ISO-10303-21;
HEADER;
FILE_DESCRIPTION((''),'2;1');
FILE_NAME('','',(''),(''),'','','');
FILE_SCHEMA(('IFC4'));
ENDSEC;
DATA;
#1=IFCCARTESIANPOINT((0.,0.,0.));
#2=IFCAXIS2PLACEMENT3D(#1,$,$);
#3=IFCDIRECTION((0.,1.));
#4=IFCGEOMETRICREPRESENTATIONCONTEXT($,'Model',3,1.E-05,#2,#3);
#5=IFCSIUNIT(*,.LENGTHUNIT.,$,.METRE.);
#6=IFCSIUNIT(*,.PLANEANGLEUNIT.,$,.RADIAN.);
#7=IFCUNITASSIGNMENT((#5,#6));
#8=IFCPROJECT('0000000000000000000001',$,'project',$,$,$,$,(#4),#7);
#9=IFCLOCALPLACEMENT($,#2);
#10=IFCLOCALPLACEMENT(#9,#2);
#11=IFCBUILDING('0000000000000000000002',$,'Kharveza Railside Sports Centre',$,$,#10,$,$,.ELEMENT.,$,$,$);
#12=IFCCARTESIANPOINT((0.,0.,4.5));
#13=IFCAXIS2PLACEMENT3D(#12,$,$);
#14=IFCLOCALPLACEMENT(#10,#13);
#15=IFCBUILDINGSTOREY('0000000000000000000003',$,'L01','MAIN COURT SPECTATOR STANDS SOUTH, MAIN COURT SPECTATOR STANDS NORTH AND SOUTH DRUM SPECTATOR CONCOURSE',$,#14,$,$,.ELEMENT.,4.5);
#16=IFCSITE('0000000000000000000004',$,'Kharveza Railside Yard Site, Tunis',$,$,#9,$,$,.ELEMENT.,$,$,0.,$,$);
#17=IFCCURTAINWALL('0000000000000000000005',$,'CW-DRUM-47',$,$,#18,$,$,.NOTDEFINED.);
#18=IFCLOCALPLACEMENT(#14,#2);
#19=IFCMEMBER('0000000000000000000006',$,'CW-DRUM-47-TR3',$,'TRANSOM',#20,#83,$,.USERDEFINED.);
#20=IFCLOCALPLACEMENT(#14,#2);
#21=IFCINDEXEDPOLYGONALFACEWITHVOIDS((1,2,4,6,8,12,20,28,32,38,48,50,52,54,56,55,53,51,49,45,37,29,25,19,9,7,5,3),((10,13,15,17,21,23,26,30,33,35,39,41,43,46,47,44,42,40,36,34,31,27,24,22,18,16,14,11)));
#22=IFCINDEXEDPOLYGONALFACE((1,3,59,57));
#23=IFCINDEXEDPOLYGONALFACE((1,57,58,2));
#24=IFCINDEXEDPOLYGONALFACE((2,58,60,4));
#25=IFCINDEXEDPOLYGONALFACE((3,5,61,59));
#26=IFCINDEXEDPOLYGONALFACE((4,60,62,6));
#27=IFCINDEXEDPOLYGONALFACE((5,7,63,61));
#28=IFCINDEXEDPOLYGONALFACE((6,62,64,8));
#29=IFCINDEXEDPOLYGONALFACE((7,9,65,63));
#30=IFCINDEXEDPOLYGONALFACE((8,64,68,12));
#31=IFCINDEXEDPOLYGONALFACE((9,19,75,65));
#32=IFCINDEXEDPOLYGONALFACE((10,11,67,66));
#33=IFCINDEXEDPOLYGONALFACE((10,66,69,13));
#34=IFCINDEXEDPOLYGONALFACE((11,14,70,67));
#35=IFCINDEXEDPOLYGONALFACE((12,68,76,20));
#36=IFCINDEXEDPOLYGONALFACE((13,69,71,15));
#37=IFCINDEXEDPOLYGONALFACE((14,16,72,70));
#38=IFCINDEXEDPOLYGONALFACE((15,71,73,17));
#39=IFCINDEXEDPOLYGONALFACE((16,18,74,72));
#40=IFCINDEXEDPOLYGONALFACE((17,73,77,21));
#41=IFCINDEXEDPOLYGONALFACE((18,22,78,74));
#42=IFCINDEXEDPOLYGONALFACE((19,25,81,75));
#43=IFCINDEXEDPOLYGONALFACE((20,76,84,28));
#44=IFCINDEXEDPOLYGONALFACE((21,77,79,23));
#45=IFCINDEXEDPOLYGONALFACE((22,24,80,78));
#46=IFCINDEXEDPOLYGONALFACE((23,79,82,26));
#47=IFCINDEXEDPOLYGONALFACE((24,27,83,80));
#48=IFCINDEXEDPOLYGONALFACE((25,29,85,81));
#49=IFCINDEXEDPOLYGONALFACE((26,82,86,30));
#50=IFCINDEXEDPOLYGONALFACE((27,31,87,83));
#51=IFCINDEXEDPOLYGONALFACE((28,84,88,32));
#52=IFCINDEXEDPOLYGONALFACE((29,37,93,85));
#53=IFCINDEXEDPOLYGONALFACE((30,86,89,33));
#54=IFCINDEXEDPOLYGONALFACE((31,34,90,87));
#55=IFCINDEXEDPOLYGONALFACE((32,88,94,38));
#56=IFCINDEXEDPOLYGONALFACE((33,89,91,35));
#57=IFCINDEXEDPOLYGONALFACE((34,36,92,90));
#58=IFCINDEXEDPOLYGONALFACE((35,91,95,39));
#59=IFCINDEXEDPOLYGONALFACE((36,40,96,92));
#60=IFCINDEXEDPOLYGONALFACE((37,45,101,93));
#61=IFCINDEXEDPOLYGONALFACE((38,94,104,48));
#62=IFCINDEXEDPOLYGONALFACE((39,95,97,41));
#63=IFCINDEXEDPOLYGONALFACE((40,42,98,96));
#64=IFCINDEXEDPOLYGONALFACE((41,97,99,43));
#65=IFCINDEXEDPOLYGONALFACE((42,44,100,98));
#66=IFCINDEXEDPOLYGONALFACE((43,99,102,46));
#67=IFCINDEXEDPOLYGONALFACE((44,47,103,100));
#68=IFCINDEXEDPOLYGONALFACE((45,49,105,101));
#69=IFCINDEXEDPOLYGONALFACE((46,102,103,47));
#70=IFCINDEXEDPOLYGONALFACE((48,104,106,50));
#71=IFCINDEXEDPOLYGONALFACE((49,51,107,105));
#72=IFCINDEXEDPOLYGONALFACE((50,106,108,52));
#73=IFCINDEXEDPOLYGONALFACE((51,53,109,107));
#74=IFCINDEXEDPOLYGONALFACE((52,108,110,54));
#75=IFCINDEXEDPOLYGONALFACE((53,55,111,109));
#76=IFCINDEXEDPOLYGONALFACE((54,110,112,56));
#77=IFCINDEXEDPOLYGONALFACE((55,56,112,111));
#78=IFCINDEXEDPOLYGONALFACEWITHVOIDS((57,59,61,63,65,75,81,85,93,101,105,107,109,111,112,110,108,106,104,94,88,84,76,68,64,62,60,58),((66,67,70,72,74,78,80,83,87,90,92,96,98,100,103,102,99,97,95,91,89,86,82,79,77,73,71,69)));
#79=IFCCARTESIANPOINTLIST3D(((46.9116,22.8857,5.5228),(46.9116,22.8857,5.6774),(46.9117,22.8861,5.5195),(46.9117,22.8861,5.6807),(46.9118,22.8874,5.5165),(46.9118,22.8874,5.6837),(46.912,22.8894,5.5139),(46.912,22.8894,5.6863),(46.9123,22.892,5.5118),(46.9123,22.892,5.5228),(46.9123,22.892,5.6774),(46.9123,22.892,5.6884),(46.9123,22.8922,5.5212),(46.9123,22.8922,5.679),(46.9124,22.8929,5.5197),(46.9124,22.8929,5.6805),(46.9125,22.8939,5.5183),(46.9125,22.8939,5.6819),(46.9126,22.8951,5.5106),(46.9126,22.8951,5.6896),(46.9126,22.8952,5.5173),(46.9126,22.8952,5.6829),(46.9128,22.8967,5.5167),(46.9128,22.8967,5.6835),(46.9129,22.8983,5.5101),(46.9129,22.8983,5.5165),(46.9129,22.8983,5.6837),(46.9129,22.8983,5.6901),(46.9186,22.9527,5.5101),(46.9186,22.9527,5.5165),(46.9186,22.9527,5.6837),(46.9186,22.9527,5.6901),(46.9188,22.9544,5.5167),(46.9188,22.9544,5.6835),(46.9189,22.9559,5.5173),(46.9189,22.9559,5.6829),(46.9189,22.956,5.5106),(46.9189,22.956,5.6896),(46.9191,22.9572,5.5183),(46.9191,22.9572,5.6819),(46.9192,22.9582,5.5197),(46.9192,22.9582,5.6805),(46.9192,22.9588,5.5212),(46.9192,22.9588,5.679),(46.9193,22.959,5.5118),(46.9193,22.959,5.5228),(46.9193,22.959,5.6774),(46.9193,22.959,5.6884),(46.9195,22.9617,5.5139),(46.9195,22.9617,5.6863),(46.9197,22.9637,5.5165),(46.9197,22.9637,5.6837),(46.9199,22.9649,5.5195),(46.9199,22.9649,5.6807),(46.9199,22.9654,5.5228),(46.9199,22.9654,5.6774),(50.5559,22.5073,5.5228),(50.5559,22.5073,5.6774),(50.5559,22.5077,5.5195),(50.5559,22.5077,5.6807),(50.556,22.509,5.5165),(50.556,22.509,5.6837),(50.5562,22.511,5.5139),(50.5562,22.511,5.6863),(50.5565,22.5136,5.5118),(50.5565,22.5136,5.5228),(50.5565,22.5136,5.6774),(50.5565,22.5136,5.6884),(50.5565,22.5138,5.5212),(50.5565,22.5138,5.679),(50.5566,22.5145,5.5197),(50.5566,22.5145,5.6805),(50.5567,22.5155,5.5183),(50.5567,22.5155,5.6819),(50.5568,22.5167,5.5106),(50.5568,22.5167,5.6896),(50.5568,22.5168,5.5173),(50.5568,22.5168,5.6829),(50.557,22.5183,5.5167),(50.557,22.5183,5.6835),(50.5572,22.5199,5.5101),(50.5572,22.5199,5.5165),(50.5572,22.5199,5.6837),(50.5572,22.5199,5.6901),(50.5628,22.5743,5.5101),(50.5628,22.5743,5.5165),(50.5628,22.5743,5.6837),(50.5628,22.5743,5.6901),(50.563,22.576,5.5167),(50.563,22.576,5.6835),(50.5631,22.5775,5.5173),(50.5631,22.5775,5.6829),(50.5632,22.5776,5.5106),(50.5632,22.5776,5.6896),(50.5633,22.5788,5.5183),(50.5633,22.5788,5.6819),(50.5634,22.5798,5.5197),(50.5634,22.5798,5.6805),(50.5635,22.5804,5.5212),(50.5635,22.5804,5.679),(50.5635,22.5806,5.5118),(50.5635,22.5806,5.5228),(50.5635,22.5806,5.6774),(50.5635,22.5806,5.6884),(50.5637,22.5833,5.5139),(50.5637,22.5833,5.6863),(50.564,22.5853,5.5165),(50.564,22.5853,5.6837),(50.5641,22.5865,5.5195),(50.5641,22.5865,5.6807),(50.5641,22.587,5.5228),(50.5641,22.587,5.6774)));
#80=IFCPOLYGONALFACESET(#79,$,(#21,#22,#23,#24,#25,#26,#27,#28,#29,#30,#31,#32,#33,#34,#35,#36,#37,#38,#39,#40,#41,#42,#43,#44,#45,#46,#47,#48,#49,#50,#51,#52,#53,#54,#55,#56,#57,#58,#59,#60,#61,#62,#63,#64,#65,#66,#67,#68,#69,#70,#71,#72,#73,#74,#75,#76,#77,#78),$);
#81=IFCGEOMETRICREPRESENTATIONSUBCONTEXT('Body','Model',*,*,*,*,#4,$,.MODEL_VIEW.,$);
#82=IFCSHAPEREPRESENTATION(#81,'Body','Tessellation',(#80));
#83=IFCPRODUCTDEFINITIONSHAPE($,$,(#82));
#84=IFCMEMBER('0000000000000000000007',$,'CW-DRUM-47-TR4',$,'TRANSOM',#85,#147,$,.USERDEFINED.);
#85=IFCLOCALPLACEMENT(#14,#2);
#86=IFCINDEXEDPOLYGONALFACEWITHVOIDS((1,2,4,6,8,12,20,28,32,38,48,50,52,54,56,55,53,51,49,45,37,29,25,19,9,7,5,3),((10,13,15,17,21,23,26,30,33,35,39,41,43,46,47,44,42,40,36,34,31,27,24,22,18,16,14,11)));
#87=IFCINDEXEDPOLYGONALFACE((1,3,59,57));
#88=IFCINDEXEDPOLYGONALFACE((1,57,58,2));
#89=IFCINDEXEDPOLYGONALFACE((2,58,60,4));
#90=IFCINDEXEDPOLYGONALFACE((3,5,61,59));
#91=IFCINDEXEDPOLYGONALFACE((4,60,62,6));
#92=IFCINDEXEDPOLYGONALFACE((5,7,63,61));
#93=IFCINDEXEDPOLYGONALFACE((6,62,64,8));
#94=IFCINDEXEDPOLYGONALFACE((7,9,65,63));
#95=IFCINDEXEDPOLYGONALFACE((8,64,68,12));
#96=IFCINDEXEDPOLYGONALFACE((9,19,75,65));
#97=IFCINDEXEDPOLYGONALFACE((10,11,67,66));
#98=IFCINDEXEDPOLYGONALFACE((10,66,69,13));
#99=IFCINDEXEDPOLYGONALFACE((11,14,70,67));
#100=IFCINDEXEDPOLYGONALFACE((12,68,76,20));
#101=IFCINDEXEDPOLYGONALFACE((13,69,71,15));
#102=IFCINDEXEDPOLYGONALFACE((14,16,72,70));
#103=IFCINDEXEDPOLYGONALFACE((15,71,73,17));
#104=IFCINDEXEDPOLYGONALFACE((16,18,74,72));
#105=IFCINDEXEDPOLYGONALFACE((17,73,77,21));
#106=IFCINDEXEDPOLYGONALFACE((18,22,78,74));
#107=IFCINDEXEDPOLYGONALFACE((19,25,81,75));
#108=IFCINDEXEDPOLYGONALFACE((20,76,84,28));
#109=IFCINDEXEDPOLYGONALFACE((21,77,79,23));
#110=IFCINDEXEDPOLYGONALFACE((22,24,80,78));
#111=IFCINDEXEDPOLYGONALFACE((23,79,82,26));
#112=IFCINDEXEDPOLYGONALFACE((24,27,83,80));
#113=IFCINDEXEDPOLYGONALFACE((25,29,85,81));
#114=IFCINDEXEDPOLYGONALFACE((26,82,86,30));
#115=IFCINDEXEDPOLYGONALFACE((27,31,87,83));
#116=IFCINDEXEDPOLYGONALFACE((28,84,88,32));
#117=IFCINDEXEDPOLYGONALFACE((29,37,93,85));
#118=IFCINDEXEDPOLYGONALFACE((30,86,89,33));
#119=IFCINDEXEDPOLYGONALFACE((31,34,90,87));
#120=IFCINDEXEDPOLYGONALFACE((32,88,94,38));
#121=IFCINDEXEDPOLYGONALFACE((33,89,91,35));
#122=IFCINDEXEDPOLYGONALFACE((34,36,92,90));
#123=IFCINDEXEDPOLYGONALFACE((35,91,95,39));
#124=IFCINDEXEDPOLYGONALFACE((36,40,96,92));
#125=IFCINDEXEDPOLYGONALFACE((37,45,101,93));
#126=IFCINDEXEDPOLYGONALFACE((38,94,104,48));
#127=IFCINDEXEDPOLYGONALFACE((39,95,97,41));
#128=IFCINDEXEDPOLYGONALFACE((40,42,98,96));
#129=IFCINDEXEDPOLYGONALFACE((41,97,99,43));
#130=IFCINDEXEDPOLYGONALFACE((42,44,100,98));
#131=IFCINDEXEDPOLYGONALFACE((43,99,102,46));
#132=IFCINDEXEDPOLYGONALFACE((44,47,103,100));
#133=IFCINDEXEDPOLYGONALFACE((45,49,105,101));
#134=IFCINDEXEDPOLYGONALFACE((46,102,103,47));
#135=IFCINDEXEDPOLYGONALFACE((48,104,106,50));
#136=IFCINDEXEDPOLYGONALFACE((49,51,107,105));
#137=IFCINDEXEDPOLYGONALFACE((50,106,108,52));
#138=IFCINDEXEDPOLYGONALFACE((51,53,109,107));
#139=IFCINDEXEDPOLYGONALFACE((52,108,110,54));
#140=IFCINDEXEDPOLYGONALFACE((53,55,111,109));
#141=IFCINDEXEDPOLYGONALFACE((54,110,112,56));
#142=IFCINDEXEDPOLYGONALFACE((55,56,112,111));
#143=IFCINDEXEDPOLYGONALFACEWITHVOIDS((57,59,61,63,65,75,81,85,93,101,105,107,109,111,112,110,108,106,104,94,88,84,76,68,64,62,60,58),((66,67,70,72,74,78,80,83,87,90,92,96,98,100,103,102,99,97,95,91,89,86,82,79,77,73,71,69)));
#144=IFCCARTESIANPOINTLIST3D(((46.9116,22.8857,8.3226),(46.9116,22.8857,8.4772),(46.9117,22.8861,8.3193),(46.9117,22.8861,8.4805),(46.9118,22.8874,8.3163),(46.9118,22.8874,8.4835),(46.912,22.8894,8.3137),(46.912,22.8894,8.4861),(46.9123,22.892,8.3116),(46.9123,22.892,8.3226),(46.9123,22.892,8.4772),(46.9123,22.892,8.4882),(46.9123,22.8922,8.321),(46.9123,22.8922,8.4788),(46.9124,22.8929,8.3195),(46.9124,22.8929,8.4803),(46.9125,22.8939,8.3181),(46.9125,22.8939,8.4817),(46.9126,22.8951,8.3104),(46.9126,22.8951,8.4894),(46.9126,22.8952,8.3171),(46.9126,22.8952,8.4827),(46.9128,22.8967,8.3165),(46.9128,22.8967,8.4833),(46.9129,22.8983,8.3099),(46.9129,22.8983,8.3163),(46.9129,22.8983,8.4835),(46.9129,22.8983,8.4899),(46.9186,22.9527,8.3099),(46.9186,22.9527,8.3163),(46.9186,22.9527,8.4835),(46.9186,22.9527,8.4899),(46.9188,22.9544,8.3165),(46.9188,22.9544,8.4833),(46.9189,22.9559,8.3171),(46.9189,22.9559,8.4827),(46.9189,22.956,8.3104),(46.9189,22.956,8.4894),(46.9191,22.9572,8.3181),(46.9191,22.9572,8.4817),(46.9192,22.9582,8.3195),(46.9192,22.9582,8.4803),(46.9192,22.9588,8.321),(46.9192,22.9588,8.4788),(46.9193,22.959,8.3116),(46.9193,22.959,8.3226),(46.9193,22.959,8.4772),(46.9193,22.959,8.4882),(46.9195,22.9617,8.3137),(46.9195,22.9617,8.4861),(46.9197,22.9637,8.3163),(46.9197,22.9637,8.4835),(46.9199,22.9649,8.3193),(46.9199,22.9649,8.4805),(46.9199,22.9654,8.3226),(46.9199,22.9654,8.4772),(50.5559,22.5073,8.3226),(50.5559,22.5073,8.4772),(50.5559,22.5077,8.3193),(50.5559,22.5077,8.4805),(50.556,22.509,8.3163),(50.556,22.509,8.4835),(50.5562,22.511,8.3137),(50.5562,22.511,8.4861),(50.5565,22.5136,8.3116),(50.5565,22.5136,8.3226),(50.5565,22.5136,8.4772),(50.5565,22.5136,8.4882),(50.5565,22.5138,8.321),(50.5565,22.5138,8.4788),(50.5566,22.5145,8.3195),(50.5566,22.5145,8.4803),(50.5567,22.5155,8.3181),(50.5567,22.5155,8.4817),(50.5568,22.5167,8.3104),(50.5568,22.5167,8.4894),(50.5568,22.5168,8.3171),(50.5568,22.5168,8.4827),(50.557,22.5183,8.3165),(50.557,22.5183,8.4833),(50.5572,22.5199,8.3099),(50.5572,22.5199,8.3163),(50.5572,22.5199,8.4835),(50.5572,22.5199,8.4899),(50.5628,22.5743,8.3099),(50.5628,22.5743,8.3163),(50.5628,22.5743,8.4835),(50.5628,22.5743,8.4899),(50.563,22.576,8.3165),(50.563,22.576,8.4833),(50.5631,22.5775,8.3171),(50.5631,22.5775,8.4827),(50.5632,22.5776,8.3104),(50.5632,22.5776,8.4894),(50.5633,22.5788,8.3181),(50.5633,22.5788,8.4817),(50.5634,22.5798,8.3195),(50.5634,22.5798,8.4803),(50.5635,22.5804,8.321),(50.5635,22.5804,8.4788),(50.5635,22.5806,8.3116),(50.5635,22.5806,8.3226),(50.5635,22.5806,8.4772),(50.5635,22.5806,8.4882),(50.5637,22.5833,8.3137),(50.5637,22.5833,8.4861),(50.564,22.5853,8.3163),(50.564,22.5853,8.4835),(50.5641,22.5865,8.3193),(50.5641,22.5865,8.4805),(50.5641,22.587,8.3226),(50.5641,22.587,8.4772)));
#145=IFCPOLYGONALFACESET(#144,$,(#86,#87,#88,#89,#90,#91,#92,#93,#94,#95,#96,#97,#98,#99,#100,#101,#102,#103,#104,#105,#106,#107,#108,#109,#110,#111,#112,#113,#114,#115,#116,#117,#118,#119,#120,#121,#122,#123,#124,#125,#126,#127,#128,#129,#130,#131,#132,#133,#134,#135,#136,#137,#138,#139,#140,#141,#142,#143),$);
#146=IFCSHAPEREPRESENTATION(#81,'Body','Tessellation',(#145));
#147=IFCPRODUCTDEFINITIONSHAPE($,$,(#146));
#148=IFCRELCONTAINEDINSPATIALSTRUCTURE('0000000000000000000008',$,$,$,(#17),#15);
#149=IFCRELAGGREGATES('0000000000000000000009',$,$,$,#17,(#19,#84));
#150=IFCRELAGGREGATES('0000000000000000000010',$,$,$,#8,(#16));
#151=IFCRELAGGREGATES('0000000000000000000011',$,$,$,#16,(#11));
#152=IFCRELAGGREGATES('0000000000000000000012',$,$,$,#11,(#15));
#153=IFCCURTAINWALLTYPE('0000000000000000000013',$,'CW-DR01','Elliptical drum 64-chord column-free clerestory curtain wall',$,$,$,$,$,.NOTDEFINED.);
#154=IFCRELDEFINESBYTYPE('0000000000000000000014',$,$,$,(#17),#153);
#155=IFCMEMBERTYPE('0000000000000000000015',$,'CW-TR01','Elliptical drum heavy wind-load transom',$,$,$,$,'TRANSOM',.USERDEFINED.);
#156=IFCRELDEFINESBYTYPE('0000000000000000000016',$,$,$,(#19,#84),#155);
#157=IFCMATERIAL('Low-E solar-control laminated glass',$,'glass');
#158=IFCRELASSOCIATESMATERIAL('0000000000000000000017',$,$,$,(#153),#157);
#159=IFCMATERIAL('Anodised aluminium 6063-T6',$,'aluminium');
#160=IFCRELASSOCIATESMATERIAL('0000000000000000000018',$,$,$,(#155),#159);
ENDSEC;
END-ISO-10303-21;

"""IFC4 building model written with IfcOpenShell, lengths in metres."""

from ifc_helpers import new_model, si_unit, direction, frame, origin, origin_2d, place, context, subcontext, project, spatial, hollow_rectangle, extrude, material, material_profile, profile_set, type_object, element, aggregate, save


model = new_model("IFC4")

# Units and contexts
model_context = context("Model", 3, precision=1e-05, world=origin(), true_north=direction((0.0, 1.0)))
body_context = subcontext(model_context, "Body", "Model", "MODEL_VIEW")
ifc_project = project(units=[si_unit("LENGTHUNIT", "METRE"), si_unit("PLANEANGLEUNIT", "RADIAN")], contexts=[model_context])

# Site, building, storey
site_placement = place(None, origin())
site = spatial("IfcSite", under=ifc_project, at=site_placement, Name="Kharveza Railside Yard Site, Tunis", CompositionType="ELEMENT", RefElevation=0.0)
building_placement = place(site_placement, origin())
building = spatial("IfcBuilding", under=site, at=building_placement, Name="Kharveza Railside Sports Centre", CompositionType="ELEMENT")
storey_placement = place(building_placement, frame((0.0, 0.0, 4.5)))
storey = spatial("IfcBuildingStorey", under=building, at=storey_placement, Name="L01", Description="MAIN COURT SPECTATOR STANDS SOUTH, MAIN COURT SPECTATOR STANDS NORTH AND SOUTH DRUM SPECTATOR CONCOURSE", CompositionType="ELEMENT", Elevation=4.5)

# Shared definitions
ifc_material_1 = material(Name="Low-E solar-control laminated glass", Category="glass")
curtain_wall_type = type_object("IfcCurtainWallType", Name="CW-DR01", Description="Elliptical drum 64-chord column-free clerestory curtain wall", PredefinedType="NOTDEFINED", material=ifc_material_1)
ifc_material_2 = material(Name="Anodised aluminium 6063-T6", Category="aluminium")

# Curtain wall
curtain_wall_1_placement = place(storey_placement, origin())
curtain_wall_1 = element("IfcCurtainWall", 1, at=curtain_wall_1_placement, inside=storey, type_object=curtain_wall_type, Name="CW-DRUM-47", PredefinedType="NOTDEFINED")

# Members
ifc_material_profile_1 = material_profile(ifc_material_2, hollow_rectangle(XDim=0.0801, YDim=0.1799, WallThickness=0.0063, InnerFilletRadius=0.0063, OuterFilletRadius=0.0127, at=origin_2d()), Name="RHS 80x180x6.3")
ifc_profile_set_1 = profile_set([ifc_material_profile_1], Name="Anodised aluminium 6063-T6")
member_type_1 = type_object("IfcMemberType", Name="CW-TR01", Description="Elliptical drum heavy wind-load transom", ElementType="TRANSOM", PredefinedType="USERDEFINED", material=ifc_profile_set_1)
member_1_placement = place(storey_placement, frame((46.9158, 22.9255, 5.6001), z_axis=(0.994652, -0.103283, 0.0), x_axis=(0.103283, 0.994652, 0.0)))
member_1 = element("IfcMember", 2, at=member_1_placement, type_object=member_type_1, Name="CW-DRUM-47-TR3", ObjectType="TRANSOM", PredefinedType="USERDEFINED", context=body_context, shape_type="SweptSolid", body=[
    extrude(hollow_rectangle(XDim=0.0801, YDim=0.1799, WallThickness=0.0063, InnerFilletRadius=0.0063, OuterFilletRadius=0.0127, at=origin_2d()), origin(), (0.0, 0.0, 1.0), 3.6638),
])
member_2_placement = place(storey_placement, frame((46.9158, 22.9255, 8.3999), z_axis=(0.994652, -0.103283, 0.0), x_axis=(0.103283, 0.994652, 0.0)))
member_2 = element("IfcMember", 3, at=member_2_placement, type_object=member_type_1, Name="CW-DRUM-47-TR4", ObjectType="TRANSOM", PredefinedType="USERDEFINED", context=body_context, shape_type="SweptSolid", body=[
    extrude(hollow_rectangle(XDim=0.0801, YDim=0.1799, WallThickness=0.0063, InnerFilletRadius=0.0063, OuterFilletRadius=0.0127, at=origin_2d()), origin(), (0.0, 0.0, 1.0), 3.6638),
])

aggregate(curtain_wall_1, [member_1, member_2])

save(model, "model.ifc")
